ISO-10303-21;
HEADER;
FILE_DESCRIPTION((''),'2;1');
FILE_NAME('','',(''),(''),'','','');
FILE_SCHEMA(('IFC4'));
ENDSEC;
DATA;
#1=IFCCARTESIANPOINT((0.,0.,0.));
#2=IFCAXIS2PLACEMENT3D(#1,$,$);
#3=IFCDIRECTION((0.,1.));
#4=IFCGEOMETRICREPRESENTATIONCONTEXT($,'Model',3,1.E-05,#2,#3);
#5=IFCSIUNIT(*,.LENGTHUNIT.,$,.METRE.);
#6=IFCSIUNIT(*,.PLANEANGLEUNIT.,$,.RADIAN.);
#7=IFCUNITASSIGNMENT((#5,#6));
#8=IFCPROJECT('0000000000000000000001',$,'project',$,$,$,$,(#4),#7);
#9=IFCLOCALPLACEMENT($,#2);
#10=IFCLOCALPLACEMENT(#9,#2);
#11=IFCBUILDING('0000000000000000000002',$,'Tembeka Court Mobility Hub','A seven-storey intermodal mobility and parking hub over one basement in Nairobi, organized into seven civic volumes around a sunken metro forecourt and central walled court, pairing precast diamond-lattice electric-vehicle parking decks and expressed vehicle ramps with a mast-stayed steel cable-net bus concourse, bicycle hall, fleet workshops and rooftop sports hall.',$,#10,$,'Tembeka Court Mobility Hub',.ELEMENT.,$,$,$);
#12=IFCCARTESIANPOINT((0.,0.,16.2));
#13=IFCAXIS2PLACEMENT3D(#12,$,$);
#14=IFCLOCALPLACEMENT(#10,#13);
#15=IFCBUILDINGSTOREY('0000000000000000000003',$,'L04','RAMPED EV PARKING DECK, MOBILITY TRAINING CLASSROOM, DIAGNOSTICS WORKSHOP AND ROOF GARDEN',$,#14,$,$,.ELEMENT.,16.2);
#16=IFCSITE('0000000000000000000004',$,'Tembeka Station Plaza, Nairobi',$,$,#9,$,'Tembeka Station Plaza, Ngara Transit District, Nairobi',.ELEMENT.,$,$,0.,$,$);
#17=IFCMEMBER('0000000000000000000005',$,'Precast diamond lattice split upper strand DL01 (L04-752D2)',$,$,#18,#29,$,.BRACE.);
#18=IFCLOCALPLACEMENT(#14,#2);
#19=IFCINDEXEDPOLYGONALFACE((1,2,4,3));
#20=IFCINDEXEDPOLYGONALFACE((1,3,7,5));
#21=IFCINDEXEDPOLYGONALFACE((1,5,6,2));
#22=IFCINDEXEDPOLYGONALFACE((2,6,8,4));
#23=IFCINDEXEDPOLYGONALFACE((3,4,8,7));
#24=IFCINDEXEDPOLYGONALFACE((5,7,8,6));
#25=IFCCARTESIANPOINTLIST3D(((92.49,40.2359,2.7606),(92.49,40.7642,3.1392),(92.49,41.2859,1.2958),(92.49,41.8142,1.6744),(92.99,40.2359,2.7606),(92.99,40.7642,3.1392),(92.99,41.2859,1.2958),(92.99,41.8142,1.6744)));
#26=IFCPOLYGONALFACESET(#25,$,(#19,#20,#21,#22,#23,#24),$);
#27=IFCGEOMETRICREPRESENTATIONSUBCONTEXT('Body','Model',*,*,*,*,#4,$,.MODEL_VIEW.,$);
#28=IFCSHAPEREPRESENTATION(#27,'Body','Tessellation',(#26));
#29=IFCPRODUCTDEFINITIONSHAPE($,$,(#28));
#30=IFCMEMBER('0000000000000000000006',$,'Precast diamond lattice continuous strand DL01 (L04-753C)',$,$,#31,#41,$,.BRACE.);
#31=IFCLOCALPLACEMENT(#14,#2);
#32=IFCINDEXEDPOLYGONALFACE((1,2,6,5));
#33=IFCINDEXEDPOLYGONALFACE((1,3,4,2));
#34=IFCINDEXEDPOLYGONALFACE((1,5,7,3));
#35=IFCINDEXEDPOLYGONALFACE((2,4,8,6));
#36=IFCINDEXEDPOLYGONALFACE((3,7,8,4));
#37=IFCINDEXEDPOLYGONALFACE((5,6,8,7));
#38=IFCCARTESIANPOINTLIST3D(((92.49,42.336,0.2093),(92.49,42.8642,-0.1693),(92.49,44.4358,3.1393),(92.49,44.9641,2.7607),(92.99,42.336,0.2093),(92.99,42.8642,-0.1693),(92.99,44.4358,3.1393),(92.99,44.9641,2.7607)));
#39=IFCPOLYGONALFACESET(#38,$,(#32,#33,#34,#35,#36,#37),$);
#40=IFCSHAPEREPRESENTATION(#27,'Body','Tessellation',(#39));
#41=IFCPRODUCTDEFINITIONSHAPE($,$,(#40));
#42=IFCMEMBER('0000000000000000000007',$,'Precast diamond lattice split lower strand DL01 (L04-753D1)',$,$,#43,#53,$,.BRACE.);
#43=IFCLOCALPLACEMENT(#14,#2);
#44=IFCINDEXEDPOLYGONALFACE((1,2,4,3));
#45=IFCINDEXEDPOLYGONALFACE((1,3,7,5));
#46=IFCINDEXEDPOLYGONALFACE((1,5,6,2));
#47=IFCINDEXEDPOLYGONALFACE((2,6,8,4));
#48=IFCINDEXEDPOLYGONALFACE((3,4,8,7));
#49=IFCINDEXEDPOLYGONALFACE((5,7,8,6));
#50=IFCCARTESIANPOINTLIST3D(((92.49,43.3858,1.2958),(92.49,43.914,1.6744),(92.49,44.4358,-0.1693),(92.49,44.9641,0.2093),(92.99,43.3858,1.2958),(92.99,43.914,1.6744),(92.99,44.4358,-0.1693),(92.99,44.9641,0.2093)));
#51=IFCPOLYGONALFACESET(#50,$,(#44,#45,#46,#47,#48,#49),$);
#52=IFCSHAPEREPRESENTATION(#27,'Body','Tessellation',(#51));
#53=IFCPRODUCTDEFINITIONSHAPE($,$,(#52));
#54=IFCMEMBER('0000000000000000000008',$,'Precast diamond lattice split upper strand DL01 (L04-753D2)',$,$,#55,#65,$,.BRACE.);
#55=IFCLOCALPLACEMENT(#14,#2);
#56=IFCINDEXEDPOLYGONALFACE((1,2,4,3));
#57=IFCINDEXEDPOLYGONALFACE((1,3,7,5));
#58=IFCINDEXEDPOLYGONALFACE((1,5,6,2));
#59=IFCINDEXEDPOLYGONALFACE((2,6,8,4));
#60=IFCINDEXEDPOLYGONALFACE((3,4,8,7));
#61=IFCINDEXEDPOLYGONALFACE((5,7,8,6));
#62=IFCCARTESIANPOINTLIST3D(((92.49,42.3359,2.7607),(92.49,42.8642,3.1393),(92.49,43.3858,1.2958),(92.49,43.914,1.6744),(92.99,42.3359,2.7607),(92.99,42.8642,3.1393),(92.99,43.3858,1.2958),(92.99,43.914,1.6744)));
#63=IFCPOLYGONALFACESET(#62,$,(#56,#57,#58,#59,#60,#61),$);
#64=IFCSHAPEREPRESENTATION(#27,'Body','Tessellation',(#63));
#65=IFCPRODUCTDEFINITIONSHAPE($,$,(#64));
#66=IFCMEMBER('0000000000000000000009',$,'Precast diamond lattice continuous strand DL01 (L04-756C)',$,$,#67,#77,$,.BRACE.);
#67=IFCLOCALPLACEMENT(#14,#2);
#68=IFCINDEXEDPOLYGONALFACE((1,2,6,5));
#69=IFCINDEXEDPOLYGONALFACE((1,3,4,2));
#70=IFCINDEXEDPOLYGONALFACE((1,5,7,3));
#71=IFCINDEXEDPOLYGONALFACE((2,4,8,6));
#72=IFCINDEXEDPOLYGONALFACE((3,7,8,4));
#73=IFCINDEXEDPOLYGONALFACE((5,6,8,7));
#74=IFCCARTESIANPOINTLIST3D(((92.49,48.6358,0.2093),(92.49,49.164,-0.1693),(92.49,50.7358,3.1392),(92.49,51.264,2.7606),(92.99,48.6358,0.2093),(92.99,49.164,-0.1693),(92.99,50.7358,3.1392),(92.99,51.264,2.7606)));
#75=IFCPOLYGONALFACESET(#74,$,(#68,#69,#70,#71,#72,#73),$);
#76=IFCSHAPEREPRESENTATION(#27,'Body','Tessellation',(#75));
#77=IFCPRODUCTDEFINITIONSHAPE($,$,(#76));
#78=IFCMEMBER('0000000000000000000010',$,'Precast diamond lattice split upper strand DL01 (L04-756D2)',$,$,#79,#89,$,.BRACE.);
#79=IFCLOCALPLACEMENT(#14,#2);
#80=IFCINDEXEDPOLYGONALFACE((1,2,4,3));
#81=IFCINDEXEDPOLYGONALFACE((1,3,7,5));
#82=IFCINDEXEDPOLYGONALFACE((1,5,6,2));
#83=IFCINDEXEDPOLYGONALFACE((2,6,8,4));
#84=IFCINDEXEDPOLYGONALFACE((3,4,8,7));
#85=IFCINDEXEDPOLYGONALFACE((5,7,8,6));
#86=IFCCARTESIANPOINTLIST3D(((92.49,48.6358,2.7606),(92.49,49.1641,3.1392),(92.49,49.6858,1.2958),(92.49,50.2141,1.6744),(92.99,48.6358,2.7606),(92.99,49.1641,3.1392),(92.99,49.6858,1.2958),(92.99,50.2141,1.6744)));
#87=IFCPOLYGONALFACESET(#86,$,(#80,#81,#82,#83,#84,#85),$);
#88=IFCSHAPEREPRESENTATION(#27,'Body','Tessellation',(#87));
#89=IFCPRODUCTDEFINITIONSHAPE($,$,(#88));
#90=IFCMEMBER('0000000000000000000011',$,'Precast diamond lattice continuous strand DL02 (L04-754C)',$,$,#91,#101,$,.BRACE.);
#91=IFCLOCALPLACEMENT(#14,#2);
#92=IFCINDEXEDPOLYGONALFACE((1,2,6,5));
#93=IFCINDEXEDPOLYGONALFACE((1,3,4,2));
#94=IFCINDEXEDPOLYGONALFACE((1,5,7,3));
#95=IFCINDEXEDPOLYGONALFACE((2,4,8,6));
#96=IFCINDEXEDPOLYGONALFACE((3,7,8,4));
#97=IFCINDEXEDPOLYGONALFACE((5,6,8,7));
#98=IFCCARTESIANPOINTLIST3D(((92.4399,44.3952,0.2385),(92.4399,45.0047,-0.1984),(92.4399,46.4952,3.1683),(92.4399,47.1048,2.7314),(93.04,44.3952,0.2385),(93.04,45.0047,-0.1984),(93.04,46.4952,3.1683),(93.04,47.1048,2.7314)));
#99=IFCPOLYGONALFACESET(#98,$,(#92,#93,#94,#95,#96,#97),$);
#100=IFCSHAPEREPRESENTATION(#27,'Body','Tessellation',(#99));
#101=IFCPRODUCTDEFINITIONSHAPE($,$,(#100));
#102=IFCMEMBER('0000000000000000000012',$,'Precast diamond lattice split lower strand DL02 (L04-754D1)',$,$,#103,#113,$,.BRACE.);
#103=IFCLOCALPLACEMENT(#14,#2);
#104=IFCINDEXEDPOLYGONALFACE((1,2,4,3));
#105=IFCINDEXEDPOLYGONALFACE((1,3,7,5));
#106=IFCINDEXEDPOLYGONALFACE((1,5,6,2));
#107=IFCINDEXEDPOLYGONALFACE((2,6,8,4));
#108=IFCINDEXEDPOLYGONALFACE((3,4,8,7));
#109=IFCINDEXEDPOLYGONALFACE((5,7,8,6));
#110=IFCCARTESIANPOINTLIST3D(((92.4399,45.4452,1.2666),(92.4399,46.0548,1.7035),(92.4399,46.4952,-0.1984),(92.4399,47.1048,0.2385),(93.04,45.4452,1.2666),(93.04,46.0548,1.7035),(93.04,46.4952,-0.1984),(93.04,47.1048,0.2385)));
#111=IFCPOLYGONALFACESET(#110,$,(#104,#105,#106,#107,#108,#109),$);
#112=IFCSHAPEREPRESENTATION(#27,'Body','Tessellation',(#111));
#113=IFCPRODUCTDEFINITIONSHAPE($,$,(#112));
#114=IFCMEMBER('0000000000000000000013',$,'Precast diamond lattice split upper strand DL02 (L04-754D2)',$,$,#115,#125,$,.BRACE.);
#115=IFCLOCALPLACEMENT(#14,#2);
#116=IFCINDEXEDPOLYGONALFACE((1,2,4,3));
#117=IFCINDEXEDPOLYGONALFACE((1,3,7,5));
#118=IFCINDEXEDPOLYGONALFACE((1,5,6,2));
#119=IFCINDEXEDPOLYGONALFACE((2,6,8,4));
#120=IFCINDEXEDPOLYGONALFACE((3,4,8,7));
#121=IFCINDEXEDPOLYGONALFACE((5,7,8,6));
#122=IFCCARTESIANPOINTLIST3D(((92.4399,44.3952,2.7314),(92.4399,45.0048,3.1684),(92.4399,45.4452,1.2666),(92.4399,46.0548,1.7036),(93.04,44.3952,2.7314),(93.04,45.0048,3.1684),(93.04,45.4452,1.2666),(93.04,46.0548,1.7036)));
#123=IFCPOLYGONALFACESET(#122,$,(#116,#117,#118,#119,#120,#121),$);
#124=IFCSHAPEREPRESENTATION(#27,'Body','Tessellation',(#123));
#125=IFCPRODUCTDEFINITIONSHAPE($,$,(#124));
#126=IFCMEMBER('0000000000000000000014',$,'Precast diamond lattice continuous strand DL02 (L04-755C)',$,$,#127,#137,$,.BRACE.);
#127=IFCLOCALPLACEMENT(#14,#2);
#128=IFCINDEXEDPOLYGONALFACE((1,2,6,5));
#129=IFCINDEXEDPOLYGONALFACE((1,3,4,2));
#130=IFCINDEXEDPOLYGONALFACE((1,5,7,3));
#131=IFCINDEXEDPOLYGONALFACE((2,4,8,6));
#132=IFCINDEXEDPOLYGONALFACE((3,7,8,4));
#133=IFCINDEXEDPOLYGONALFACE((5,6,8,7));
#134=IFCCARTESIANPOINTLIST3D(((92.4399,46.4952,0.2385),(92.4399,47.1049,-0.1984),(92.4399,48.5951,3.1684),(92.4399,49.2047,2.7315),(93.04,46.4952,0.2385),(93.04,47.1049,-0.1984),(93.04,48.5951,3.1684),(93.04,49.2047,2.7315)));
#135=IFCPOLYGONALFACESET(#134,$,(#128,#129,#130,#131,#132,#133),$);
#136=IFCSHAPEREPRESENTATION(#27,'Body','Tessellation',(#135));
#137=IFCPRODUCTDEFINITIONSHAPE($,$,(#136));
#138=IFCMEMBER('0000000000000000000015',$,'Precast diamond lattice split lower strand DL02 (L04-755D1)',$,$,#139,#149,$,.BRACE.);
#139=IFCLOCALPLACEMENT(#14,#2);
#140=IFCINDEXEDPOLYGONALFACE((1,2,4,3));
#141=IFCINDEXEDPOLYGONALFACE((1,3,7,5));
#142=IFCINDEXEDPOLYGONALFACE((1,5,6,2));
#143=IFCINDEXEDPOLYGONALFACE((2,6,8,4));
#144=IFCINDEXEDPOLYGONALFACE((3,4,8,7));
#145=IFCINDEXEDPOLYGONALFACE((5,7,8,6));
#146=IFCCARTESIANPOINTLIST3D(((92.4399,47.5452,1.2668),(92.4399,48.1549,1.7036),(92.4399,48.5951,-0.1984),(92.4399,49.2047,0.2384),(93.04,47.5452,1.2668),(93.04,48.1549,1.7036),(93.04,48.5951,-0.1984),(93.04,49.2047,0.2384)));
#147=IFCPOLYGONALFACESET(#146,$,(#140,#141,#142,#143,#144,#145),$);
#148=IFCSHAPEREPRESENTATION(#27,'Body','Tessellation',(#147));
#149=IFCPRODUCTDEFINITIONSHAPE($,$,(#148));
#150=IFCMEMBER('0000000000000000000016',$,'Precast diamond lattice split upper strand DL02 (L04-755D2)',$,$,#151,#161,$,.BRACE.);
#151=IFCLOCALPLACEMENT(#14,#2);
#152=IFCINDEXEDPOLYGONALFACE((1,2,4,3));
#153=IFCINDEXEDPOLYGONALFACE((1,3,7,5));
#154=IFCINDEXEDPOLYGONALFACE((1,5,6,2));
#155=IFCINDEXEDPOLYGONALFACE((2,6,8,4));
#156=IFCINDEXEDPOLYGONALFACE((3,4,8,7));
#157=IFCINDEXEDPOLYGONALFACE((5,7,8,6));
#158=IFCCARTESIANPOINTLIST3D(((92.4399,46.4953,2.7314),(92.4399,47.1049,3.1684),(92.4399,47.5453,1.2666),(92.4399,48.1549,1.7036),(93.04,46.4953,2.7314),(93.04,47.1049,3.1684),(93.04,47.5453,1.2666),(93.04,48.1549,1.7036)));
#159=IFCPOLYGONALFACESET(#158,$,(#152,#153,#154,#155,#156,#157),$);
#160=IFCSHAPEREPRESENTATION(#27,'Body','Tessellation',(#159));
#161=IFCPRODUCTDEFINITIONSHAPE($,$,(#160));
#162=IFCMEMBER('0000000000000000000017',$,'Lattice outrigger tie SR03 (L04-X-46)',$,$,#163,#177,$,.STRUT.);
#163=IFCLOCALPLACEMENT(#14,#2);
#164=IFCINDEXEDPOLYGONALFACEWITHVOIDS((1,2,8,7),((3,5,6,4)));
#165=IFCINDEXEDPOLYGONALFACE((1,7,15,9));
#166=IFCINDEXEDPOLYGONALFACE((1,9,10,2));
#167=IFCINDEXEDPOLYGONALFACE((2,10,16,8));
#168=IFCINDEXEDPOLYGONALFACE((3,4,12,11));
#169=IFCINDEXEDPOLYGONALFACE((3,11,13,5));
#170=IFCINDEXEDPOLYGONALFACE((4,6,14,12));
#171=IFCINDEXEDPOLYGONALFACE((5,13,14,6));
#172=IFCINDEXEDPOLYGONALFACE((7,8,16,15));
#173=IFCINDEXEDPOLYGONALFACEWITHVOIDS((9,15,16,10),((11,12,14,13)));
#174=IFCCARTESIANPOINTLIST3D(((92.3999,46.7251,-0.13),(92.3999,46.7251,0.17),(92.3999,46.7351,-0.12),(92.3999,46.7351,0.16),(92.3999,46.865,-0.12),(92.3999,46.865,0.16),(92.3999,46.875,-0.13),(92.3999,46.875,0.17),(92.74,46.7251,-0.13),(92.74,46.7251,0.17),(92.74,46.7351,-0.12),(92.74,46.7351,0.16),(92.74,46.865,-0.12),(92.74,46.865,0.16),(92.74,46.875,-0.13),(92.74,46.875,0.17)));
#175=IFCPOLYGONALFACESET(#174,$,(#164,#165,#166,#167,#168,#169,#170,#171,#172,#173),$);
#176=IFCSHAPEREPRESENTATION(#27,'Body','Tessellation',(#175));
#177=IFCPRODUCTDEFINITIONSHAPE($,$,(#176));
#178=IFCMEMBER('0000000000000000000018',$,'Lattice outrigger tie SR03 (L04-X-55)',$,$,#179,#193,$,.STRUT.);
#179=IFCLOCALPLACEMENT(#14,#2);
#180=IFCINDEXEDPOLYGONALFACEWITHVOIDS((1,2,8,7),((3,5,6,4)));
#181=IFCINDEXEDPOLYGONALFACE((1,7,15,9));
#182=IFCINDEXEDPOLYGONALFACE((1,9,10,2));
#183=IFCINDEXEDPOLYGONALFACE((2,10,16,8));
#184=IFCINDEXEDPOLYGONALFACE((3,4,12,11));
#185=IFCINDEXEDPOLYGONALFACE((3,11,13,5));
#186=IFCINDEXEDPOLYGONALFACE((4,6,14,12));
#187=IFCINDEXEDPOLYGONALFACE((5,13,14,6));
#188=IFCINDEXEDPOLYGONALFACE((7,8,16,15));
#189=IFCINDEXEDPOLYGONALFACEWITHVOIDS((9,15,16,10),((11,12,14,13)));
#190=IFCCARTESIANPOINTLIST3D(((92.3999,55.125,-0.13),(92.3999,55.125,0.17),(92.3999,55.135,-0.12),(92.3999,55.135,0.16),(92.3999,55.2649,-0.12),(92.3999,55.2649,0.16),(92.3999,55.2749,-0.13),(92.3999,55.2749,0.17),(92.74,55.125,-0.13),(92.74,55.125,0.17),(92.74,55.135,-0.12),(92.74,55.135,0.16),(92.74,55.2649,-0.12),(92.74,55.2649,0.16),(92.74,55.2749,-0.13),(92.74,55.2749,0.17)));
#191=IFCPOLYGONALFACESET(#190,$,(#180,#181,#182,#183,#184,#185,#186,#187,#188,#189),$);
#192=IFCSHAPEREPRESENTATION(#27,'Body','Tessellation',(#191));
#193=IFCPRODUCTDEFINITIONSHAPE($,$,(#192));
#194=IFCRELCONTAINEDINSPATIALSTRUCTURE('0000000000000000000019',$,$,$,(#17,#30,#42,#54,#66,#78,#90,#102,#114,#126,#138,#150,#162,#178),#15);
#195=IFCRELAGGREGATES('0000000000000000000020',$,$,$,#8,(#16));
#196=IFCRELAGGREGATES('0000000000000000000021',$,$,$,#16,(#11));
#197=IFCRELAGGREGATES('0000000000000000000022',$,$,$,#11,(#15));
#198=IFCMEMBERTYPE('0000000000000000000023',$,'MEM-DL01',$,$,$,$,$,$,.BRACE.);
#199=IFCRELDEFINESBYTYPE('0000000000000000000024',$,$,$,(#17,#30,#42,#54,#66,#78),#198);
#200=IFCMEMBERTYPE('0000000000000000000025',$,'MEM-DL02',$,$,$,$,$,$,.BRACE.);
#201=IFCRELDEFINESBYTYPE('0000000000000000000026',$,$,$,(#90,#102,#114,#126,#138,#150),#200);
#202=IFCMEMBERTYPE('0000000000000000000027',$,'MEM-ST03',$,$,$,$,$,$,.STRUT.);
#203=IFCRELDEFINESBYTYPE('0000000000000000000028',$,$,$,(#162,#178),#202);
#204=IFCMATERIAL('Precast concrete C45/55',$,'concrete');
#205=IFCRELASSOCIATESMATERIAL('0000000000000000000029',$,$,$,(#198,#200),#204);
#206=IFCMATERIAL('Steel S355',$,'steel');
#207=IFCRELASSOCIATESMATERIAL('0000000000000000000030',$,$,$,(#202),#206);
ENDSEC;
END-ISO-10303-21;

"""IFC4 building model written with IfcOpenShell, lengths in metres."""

from ifc_helpers import new_model, si_unit, direction, frame, origin, origin_2d, place, context, subcontext, project, spatial, rectangle, hollow_rectangle, extrude, material, material_profile, profile_set, type_object, element, save


model = new_model("IFC4")

# Units and contexts
model_context = context("Model", 3, precision=1e-05, world=origin(), true_north=direction((0.0, 1.0)))
body_context = subcontext(model_context, "Body", "Model", "MODEL_VIEW")
ifc_project = project(units=[si_unit("LENGTHUNIT", "METRE"), si_unit("PLANEANGLEUNIT", "RADIAN")], contexts=[model_context])

# Site, building, storey
site_placement = place(None, origin())
site = spatial("IfcSite", under=ifc_project, at=site_placement, Name="Tembeka Station Plaza, Nairobi", LongName="Tembeka Station Plaza, Ngara Transit District, Nairobi", CompositionType="ELEMENT", RefElevation=0.0)
building_placement = place(site_placement, origin())
building = spatial("IfcBuilding", under=site, at=building_placement, Name="Tembeka Court Mobility Hub", Description="A seven-storey intermodal mobility and parking hub over one basement in Nairobi, organized into seven civic volumes around a sunken metro forecourt and central walled court, pairing precast diamond-lattice electric-vehicle parking decks and expressed vehicle ramps with a mast-stayed steel cable-net bus concourse, bicycle hall, fleet workshops and rooftop sports hall.", LongName="Tembeka Court Mobility Hub", CompositionType="ELEMENT")
storey_placement = place(building_placement, frame((0.0, 0.0, 16.2)))
storey = spatial("IfcBuildingStorey", under=building, at=storey_placement, Name="L04", Description="RAMPED EV PARKING DECK, MOBILITY TRAINING CLASSROOM, DIAGNOSTICS WORKSHOP AND ROOF GARDEN", CompositionType="ELEMENT", Elevation=16.2)

# Shared definitions
ifc_material_1 = material(Name="Steel S355", Category="steel")

# Shared definitions
ifc_material_2 = material(Name="Precast concrete C45/55", Category="concrete")

# Members
ifc_material_profile_1 = material_profile(ifc_material_2, rectangle(XDim=0.5, YDim=0.6499, at=origin_2d()), Name="PC-DIAG 500x650")
ifc_profile_set_1 = profile_set([ifc_material_profile_1], Name="Precast concrete C45/55")
member_type_1 = type_object("IfcMemberType", Name="MEM-DL01", PredefinedType="BRACE", material=ifc_profile_set_1)
member_1_placement = place(storey_placement, frame((92.74, 41.55, 1.4851), z_axis=(0.0, -0.582608, 0.812753), x_axis=(1.0, 0.0, 0.0)))
element("IfcMember", 1, at=member_1_placement, inside=storey, type_object=member_type_1, Name="Precast diamond lattice split upper strand DL01 (L04-752D2)", PredefinedType="BRACE", context=body_context, shape_type="SweptSolid", body=[
    extrude(rectangle(XDim=0.5, YDim=0.6499, at=origin_2d()), origin(), (0.0, 0.0, 1.0), 1.8022),
])
member_2_placement = place(storey_placement, frame((92.74, 42.6001, 0.02), z_axis=(0.0, 0.582532, 0.812808), x_axis=(-1.0, 0.0, 0.0)))
element("IfcMember", 2, at=member_2_placement, inside=storey, type_object=member_type_1, Name="Precast diamond lattice continuous strand DL01 (L04-753C)", PredefinedType="BRACE", context=body_context, shape_type="SweptSolid", body=[
    extrude(rectangle(XDim=0.5, YDim=0.6499, at=origin_2d()), origin(), (0.0, 0.0, 1.0), 3.6047),
])
member_3_placement = place(storey_placement, frame((92.74, 44.7, 0.02), z_axis=(0.0, -0.582544, 0.812799), x_axis=(1.0, 0.0, 0.0)))
element("IfcMember", 3, at=member_3_placement, inside=storey, type_object=member_type_1, Name="Precast diamond lattice split lower strand DL01 (L04-753D1)", PredefinedType="BRACE", context=body_context, shape_type="SweptSolid", body=[
    extrude(rectangle(XDim=0.5, YDim=0.6499, at=origin_2d()), origin(), (0.0, 0.0, 1.0), 1.8025),
])
member_4_placement = place(storey_placement, frame((92.74, 43.6499, 1.4851), z_axis=(0.0, -0.582519, 0.812817), x_axis=(1.0, 0.0, 0.0)))
element("IfcMember", 4, at=member_4_placement, inside=storey, type_object=member_type_1, Name="Precast diamond lattice split upper strand DL01 (L04-753D2)", PredefinedType="BRACE", context=body_context, shape_type="SweptSolid", body=[
    extrude(rectangle(XDim=0.5, YDim=0.6499, at=origin_2d()), origin(), (0.0, 0.0, 1.0), 1.8022),
])
member_5_placement = place(storey_placement, frame((92.74, 48.8999, 0.02), z_axis=(0.0, 0.582576, 0.812776), x_axis=(-1.0, 0.0, 0.0)))
element("IfcMember", 5, at=member_5_placement, inside=storey, type_object=member_type_1, Name="Precast diamond lattice continuous strand DL01 (L04-756C)", PredefinedType="BRACE", context=body_context, shape_type="SweptSolid", body=[
    extrude(rectangle(XDim=0.5, YDim=0.6499, at=origin_2d()), origin(), (0.0, 0.0, 1.0), 3.6047),
])
member_6_placement = place(storey_placement, frame((92.74, 49.95, 1.4851), z_axis=(0.0, -0.582608, 0.812753), x_axis=(1.0, 0.0, 0.0)))
element("IfcMember", 6, at=member_6_placement, inside=storey, type_object=member_type_1, Name="Precast diamond lattice split upper strand DL01 (L04-756D2)", PredefinedType="BRACE", context=body_context, shape_type="SweptSolid", body=[
    extrude(rectangle(XDim=0.5, YDim=0.6499, at=origin_2d()), origin(), (0.0, 0.0, 1.0), 1.8022),
])
ifc_material_profile_2 = material_profile(ifc_material_2, rectangle(XDim=0.6001, YDim=0.75, at=origin_2d()), Name="PC-DIAG 600x750")
ifc_profile_set_2 = profile_set([ifc_material_profile_2], Name="Precast concrete C45/55")
member_type_2 = type_object("IfcMemberType", Name="MEM-DL02", PredefinedType="BRACE", material=ifc_profile_set_2)
member_7_placement = place(storey_placement, frame((92.74, 44.7, 0.02), z_axis=(0.0, 0.582576, 0.812776), x_axis=(-1.0, 0.0, 0.0)))
element("IfcMember", 7, at=member_7_placement, inside=storey, type_object=member_type_2, Name="Precast diamond lattice continuous strand DL02 (L04-754C)", PredefinedType="BRACE", context=body_context, shape_type="SweptSolid", body=[
    extrude(rectangle(XDim=0.6001, YDim=0.75, at=origin_2d()), origin(), (0.0, 0.0, 1.0), 3.6047),
])
member_8_placement = place(storey_placement, frame((92.74, 46.8, 0.02), z_axis=(0.0, -0.582544, 0.812799), x_axis=(1.0, 0.0, 0.0)))
element("IfcMember", 8, at=member_8_placement, inside=storey, type_object=member_type_2, Name="Precast diamond lattice split lower strand DL02 (L04-754D1)", PredefinedType="BRACE", context=body_context, shape_type="SweptSolid", body=[
    extrude(rectangle(XDim=0.6001, YDim=0.75, at=origin_2d()), origin(), (0.0, 0.0, 1.0), 1.8025),
])
member_9_placement = place(storey_placement, frame((92.74, 45.75, 1.4851), z_axis=(0.0, -0.582608, 0.812753), x_axis=(1.0, 0.0, 0.0)))
element("IfcMember", 9, at=member_9_placement, inside=storey, type_object=member_type_2, Name="Precast diamond lattice split upper strand DL02 (L04-754D2)", PredefinedType="BRACE", context=body_context, shape_type="SweptSolid", body=[
    extrude(rectangle(XDim=0.6001, YDim=0.75, at=origin_2d()), origin(), (0.0, 0.0, 1.0), 1.8022),
])
member_10_placement = place(storey_placement, frame((92.74, 46.8, 0.02), z_axis=(0.0, 0.582532, 0.812808), x_axis=(-1.0, 0.0, 0.0)))
element("IfcMember", 10, at=member_10_placement, inside=storey, type_object=member_type_2, Name="Precast diamond lattice continuous strand DL02 (L04-755C)", PredefinedType="BRACE", context=body_context, shape_type="SweptSolid", body=[
    extrude(rectangle(XDim=0.6001, YDim=0.75, at=origin_2d()), origin(), (0.0, 0.0, 1.0), 3.6047),
])
member_11_placement = place(storey_placement, frame((92.74, 48.8999, 0.02), z_axis=(0.0, -0.582455, 0.812863), x_axis=(1.0, 0.0, 0.0)))
element("IfcMember", 11, at=member_11_placement, inside=storey, type_object=member_type_2, Name="Precast diamond lattice split lower strand DL02 (L04-755D1)", PredefinedType="BRACE", context=body_context, shape_type="SweptSolid", body=[
    extrude(rectangle(XDim=0.6001, YDim=0.75, at=origin_2d()), origin(), (0.0, 0.0, 1.0), 1.8025),
])
member_12_placement = place(storey_placement, frame((92.74, 47.8501, 1.4851), z_axis=(0.0, -0.582608, 0.812753), x_axis=(1.0, 0.0, 0.0)))
element("IfcMember", 12, at=member_12_placement, inside=storey, type_object=member_type_2, Name="Precast diamond lattice split upper strand DL02 (L04-755D2)", PredefinedType="BRACE", context=body_context, shape_type="SweptSolid", body=[
    extrude(rectangle(XDim=0.6001, YDim=0.75, at=origin_2d()), origin(), (0.0, 0.0, 1.0), 1.8022),
])
ifc_material_profile_3 = material_profile(ifc_material_1, hollow_rectangle(XDim=0.1499, YDim=0.3, WallThickness=0.01, at=origin_2d()), Name="RHS 300x150x10")
ifc_profile_set_3 = profile_set([ifc_material_profile_3], Name="Steel S355")
member_type_3 = type_object("IfcMemberType", Name="MEM-ST03", PredefinedType="STRUT", material=ifc_profile_set_3)
for number, where, z_axis, x_axis, name in (
    (13, (92.3999, 46.8, 0.02), (1.0, 0.0, 0.0), (0.0, 1.0, 0.0), "Lattice outrigger tie SR03 (L04-X-46)"),
    (14, (92.3999, 55.2, 0.02), (1.0, 0.0, 0.0), (0.0, 1.0, 0.0), "Lattice outrigger tie SR03 (L04-X-55)"),
):
    element("IfcMember", number, at=place(storey_placement, frame(where, z_axis=z_axis, x_axis=x_axis)), inside=storey, type_object=member_type_3, Name=name, PredefinedType="STRUT", context=body_context, shape_type="SweptSolid", body=[
        extrude(hollow_rectangle(XDim=0.1499, YDim=0.3, WallThickness=0.01, at=origin_2d()), origin(), (0.0, 0.0, 1.0), 0.3401),
    ])

save(model, "model.ifc")
